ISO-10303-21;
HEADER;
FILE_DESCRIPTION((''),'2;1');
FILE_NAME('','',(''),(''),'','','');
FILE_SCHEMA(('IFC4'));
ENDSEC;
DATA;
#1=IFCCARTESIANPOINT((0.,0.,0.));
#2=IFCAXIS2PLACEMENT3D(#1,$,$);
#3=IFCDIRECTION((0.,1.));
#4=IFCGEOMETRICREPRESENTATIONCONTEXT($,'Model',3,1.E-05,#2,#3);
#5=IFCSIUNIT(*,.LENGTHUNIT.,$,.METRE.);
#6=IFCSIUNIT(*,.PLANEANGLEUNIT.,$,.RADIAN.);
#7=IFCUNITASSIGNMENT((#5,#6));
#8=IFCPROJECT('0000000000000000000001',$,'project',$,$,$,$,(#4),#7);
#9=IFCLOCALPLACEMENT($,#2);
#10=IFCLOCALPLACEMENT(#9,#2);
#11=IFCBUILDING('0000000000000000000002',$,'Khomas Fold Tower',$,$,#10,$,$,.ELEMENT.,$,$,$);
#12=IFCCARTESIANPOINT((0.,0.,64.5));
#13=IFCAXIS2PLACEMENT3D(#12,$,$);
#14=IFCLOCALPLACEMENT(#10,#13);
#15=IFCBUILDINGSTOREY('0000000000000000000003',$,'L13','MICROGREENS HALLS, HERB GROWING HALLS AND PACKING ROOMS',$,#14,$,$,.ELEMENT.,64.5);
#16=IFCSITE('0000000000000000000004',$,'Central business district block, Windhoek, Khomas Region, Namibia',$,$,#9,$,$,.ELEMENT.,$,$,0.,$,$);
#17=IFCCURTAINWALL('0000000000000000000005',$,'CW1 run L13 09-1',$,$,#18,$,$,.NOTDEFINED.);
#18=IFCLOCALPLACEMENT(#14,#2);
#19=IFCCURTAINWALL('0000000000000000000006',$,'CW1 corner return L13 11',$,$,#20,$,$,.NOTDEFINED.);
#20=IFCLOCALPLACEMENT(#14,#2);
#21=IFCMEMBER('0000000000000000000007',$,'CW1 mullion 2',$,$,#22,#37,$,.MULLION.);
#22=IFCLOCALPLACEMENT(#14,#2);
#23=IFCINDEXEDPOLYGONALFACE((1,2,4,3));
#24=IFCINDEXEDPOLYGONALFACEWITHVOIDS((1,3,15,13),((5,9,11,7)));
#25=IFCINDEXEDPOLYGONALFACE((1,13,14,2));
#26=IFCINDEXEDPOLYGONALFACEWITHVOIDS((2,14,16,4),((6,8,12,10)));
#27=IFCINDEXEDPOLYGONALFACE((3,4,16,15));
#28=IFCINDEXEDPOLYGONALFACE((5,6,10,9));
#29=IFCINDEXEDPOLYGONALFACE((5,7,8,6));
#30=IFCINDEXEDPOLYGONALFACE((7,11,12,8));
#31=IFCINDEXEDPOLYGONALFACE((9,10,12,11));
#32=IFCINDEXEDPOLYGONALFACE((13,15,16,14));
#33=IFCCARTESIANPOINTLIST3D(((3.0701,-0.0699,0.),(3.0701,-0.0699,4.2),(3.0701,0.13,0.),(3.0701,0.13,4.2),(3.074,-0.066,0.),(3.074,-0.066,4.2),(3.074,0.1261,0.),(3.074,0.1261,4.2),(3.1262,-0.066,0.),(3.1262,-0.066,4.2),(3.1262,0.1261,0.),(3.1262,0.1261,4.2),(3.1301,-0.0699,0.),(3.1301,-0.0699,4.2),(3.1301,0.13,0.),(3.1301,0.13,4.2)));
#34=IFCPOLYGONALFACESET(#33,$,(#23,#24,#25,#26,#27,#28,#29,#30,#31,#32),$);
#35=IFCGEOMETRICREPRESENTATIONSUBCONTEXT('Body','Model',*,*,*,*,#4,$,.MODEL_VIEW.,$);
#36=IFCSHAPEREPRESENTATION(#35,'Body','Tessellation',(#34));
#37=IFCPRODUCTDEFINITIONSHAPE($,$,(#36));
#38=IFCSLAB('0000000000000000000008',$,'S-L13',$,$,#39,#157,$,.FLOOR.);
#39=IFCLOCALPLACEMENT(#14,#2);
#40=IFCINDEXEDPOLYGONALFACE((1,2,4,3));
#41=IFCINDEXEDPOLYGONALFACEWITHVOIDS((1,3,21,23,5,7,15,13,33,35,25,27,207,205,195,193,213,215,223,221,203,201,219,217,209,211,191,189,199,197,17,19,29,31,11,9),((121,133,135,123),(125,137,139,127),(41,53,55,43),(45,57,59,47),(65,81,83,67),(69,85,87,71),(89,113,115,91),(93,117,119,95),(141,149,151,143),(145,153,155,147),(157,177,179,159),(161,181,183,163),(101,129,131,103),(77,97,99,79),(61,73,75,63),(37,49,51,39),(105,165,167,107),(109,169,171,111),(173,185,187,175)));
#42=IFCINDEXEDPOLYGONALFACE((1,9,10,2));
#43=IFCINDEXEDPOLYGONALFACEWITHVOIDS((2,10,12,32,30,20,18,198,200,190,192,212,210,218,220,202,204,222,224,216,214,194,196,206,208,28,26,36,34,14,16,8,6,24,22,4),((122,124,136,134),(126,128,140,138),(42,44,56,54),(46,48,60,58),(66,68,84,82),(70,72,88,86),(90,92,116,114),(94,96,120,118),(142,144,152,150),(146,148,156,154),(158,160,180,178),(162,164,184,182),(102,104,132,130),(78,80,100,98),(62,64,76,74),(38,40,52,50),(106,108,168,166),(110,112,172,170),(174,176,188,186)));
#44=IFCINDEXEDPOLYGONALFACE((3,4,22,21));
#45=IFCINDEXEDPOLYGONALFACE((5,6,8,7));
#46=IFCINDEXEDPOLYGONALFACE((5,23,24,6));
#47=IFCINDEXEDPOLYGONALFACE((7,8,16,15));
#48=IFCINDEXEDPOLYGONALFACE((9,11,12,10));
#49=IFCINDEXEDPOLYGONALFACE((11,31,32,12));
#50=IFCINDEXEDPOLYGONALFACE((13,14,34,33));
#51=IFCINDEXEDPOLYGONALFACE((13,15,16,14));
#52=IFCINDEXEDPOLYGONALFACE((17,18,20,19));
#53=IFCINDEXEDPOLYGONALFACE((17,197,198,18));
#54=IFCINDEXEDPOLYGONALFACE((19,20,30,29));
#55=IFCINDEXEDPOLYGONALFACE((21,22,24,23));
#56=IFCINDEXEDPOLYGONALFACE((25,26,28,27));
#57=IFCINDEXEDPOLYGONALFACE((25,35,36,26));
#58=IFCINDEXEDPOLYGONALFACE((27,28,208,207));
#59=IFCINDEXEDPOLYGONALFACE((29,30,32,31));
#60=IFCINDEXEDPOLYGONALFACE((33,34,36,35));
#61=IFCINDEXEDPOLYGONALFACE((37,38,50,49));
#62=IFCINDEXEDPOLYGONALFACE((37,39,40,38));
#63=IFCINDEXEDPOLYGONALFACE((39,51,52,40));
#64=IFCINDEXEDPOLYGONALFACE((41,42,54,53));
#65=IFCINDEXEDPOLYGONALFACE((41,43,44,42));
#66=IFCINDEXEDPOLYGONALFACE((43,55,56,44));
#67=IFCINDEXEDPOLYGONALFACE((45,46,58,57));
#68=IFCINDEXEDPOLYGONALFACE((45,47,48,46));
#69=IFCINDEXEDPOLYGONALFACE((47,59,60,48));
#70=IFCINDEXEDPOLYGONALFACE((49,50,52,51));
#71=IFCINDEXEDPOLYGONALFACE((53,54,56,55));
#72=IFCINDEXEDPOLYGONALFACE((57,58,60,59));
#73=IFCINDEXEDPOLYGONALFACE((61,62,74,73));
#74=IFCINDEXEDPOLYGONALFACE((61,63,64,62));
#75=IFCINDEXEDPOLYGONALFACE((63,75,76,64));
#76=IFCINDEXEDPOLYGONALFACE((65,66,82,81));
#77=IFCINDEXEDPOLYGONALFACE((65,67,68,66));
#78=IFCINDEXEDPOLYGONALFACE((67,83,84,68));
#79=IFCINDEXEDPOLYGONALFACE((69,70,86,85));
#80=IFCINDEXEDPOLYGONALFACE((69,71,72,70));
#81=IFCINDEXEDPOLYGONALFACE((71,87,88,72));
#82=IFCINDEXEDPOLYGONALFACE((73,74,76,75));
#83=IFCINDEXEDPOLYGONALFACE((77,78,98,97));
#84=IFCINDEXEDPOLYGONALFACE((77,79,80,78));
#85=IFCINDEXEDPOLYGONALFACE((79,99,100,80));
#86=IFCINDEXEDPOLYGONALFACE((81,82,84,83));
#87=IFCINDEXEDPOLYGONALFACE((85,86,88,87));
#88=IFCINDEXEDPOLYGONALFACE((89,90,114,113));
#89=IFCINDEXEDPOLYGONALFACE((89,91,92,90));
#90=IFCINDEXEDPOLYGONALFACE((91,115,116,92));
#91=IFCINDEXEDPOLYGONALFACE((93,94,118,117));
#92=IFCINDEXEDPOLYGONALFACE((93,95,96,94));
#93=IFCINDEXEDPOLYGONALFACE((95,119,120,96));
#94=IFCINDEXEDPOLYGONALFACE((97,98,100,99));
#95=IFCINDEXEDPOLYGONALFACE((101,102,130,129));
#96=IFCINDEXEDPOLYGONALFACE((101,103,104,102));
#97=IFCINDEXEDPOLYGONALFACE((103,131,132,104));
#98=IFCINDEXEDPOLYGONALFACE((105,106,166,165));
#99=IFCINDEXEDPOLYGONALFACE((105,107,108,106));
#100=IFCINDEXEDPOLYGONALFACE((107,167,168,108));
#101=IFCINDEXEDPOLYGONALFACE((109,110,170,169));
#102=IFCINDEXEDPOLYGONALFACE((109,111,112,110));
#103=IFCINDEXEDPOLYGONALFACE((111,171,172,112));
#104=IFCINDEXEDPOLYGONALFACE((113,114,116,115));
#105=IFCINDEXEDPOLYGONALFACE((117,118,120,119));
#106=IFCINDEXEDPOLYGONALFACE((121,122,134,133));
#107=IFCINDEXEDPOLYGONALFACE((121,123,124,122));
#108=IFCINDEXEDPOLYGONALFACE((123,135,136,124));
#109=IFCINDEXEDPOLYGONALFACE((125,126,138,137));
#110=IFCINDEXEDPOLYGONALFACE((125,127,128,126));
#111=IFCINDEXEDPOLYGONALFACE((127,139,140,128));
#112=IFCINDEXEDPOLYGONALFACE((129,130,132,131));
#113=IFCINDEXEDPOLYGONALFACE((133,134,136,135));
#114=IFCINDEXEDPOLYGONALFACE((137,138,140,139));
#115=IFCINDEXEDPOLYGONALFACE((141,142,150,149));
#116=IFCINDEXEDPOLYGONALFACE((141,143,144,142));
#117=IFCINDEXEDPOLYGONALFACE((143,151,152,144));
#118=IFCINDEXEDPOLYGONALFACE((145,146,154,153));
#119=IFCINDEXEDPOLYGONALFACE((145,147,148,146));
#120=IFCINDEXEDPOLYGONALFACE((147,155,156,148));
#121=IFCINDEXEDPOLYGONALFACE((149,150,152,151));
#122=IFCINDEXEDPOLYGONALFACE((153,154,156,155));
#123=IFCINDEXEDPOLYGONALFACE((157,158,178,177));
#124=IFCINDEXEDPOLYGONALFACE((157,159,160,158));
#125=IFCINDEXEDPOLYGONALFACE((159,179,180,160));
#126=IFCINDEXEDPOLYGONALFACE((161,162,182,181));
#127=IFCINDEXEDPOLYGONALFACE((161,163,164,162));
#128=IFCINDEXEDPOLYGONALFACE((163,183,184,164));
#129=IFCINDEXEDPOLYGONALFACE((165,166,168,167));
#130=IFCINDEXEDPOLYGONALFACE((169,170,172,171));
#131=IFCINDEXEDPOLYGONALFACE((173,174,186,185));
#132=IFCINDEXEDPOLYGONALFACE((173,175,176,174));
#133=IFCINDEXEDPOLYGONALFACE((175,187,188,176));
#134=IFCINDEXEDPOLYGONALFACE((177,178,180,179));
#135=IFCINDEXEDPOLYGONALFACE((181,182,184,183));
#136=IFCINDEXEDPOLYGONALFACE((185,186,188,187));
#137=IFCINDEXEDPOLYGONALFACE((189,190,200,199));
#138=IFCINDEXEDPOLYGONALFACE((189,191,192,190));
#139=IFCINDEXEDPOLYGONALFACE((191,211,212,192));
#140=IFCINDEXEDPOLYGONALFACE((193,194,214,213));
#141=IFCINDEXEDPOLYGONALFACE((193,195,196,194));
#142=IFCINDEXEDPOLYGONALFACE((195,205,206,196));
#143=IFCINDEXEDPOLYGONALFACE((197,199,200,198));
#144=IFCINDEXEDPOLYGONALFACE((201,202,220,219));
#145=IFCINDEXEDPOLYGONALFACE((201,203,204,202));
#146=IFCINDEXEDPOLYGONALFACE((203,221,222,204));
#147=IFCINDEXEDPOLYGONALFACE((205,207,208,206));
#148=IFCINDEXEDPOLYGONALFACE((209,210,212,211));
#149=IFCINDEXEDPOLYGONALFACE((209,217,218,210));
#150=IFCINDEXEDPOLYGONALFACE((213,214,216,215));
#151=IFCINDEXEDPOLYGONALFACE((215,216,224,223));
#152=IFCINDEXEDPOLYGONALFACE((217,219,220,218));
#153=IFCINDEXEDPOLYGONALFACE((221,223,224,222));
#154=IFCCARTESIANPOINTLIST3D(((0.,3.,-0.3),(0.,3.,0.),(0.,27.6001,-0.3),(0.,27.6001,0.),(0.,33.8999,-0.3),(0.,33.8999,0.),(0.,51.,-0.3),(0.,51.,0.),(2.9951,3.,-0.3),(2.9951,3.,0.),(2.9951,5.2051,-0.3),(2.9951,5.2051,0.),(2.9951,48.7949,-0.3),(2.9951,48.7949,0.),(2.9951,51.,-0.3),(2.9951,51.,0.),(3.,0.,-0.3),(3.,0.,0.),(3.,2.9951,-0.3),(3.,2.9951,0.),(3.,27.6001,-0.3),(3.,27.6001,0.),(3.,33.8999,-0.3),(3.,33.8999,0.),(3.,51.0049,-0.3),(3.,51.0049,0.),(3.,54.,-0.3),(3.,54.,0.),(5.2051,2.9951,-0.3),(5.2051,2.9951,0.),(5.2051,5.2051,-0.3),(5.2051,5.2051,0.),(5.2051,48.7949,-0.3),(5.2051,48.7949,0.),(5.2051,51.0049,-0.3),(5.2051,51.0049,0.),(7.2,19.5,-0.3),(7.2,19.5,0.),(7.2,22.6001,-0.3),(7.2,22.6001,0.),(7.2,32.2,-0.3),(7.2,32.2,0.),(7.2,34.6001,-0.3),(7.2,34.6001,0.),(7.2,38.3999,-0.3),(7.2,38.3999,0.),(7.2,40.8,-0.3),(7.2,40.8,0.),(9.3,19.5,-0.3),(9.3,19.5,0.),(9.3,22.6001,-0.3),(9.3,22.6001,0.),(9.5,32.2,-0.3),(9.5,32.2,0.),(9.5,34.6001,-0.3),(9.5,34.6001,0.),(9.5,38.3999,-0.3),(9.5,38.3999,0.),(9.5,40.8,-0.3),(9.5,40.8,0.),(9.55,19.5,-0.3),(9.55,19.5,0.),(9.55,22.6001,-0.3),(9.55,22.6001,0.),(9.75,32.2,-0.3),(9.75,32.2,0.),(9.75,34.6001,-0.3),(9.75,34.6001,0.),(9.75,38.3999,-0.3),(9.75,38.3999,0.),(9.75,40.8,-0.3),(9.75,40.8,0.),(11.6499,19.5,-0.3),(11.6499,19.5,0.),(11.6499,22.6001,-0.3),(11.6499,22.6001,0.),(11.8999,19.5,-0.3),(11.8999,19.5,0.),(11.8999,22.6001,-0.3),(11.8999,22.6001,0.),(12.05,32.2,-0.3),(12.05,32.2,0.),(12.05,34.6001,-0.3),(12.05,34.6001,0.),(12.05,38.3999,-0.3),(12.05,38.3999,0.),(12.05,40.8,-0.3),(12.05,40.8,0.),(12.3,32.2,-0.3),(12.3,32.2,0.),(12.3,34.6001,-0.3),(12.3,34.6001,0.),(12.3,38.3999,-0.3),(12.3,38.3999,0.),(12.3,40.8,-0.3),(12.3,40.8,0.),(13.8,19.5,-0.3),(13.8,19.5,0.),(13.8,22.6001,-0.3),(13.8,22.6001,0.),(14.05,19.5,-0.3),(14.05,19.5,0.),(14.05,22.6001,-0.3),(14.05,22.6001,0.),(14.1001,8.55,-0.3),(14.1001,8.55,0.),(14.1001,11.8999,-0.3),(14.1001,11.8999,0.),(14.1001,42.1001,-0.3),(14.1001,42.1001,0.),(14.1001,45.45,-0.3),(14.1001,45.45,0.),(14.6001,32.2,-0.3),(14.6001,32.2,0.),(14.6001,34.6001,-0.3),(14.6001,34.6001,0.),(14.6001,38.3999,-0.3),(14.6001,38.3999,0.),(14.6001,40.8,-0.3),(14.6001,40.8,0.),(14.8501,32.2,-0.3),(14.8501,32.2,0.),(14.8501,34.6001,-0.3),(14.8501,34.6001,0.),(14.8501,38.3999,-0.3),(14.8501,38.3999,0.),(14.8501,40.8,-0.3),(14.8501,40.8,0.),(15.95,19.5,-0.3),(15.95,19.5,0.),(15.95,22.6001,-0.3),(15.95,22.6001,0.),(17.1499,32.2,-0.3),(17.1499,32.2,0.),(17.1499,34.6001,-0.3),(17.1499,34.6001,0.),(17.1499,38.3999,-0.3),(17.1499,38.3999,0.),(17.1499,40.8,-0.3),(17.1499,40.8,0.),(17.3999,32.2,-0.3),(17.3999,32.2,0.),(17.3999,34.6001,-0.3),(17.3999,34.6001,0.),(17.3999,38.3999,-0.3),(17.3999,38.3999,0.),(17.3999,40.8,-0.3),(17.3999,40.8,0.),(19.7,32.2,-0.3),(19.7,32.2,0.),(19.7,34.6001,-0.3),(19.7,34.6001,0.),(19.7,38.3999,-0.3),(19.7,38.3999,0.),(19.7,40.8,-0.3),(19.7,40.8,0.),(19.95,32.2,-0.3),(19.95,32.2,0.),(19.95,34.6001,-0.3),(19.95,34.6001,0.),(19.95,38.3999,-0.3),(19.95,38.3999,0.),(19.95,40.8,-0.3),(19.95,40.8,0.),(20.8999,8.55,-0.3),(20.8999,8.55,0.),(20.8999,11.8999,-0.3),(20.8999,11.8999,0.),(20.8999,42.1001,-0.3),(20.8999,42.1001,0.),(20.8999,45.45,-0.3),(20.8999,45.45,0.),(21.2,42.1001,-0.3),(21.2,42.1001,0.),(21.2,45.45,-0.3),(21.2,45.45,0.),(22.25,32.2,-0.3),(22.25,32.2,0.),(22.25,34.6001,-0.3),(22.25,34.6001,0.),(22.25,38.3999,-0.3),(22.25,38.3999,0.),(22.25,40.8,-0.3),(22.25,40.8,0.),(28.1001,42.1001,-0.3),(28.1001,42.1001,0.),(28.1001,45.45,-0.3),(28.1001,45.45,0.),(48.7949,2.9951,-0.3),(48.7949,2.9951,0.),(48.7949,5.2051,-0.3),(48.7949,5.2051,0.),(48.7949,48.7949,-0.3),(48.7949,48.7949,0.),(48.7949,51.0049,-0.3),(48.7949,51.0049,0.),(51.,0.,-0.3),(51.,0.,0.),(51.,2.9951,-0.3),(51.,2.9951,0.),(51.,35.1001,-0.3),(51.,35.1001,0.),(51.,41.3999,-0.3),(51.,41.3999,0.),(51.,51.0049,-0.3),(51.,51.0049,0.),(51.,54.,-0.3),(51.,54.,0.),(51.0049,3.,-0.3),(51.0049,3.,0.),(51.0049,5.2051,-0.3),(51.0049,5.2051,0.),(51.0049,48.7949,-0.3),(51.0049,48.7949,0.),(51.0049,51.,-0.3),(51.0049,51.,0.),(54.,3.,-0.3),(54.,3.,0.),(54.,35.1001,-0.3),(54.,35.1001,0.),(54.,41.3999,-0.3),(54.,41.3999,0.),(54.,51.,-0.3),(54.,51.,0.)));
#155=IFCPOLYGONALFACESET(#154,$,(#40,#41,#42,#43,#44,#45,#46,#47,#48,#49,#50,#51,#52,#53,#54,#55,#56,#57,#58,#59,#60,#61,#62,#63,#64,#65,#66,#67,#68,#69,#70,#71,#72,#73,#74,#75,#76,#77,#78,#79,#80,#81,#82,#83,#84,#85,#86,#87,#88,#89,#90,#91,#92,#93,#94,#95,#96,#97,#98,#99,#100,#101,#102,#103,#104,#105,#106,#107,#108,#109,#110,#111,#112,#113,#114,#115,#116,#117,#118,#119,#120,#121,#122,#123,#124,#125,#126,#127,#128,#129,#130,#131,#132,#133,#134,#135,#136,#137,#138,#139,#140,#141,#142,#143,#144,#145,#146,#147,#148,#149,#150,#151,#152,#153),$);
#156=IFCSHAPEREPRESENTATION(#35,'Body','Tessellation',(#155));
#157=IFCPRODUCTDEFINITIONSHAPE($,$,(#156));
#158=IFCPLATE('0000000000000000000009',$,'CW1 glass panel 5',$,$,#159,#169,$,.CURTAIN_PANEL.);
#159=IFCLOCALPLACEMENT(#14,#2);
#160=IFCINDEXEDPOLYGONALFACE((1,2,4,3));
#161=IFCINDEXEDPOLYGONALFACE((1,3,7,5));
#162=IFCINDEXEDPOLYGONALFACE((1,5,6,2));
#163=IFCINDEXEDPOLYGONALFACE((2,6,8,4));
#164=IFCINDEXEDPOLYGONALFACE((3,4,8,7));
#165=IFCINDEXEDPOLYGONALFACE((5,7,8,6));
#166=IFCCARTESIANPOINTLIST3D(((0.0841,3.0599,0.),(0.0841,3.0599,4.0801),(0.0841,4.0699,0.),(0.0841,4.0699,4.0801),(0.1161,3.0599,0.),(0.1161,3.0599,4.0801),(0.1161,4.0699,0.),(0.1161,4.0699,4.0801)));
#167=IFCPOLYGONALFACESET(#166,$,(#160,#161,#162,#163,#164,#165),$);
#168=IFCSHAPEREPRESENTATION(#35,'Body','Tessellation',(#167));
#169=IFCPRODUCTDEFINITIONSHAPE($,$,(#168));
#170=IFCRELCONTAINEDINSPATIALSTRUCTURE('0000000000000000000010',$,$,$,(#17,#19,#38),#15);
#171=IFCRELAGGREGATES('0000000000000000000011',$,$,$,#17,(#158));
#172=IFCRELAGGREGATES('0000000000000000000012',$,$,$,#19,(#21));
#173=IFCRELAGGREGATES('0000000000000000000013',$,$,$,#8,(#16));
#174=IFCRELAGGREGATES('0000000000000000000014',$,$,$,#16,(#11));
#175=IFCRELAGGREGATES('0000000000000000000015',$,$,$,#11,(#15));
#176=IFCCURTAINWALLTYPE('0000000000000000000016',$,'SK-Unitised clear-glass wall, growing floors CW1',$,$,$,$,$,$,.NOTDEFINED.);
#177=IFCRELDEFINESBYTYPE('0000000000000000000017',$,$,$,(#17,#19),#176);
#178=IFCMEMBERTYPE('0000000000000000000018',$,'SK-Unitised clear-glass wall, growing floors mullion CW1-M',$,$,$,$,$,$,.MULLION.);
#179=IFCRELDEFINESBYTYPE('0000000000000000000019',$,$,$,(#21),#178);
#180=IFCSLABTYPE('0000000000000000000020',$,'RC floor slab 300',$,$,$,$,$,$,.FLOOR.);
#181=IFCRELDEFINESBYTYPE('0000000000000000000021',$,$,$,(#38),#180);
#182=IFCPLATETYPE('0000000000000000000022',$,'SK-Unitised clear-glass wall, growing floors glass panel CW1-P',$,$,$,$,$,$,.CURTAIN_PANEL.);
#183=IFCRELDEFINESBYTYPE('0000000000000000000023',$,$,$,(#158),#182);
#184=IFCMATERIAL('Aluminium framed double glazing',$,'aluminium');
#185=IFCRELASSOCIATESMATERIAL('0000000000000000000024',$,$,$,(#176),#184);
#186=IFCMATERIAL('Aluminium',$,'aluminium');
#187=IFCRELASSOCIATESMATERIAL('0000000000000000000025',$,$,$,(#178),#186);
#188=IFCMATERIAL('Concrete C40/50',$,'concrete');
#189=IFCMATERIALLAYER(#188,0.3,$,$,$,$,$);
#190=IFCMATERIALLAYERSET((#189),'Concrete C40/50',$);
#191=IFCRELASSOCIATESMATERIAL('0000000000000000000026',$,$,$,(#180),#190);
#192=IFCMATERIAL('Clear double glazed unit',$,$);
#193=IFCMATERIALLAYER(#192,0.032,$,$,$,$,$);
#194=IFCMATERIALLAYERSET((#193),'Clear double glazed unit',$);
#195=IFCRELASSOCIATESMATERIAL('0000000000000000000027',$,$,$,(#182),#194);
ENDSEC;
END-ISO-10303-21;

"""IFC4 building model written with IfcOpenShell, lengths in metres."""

from ifc_helpers import new_model, si_unit, direction, frame, origin, origin_2d, place, context, subcontext, project, spatial, polyline, rectangle, hollow_rectangle, outline, extrude, source, transform, mapped, material, layer, layer_set, material_profile, profile_set, type_object, element, aggregate, save


model = new_model("IFC4")

# Units and contexts
model_context = context("Model", 3, precision=1e-05, world=origin(), true_north=direction((0.0, 1.0)))
body_context = subcontext(model_context, "Body", "Model", "MODEL_VIEW")
ifc_project = project(units=[si_unit("LENGTHUNIT", "METRE"), si_unit("PLANEANGLEUNIT", "RADIAN")], contexts=[model_context])

# Site, building, storey
site_placement = place(None, origin())
site = spatial("IfcSite", under=ifc_project, at=site_placement, Name="Central business district block, Windhoek, Khomas Region, Namibia", CompositionType="ELEMENT", RefElevation=0.0)
building_placement = place(site_placement, origin())
building = spatial("IfcBuilding", under=site, at=building_placement, Name="Khomas Fold Tower", CompositionType="ELEMENT")
storey_placement = place(building_placement, frame((0.0, 0.0, 64.5)))
storey = spatial("IfcBuildingStorey", under=building, at=storey_placement, Name="L13", Description="MICROGREENS HALLS, HERB GROWING HALLS AND PACKING ROOMS", CompositionType="ELEMENT", Elevation=64.5)

# Curtain walls
ifc_material_1 = material(Name="Aluminium framed double glazing", Category="aluminium")
curtain_wall_type = type_object("IfcCurtainWallType", Name="SK-Unitised clear-glass wall, growing floors CW1", PredefinedType="NOTDEFINED", material=ifc_material_1)
curtain_wall_1_placement = place(storey_placement, origin())
curtain_wall_1 = element("IfcCurtainWall", 1, at=curtain_wall_1_placement, inside=storey, type_object=curtain_wall_type, Name="CW1 run L13 09-1", PredefinedType="NOTDEFINED")
curtain_wall_2_placement = place(storey_placement, origin())
curtain_wall_2 = element("IfcCurtainWall", 2, at=curtain_wall_2_placement, inside=storey, type_object=curtain_wall_type, Name="CW1 corner return L13 11", PredefinedType="NOTDEFINED")

# Member
ifc_material_2 = material(Name="Aluminium", Category="aluminium")
ifc_material_profile_1 = material_profile(ifc_material_2, hollow_rectangle(XDim=0.0601, YDim=0.2, WallThickness=0.0039, at=origin_2d()), Name="SK-Unitised clear-glass wall, growing floors mullion CW1-M")
ifc_profile_set_1 = profile_set([ifc_material_profile_1], Name="Aluminium")
member_type_1 = type_object("IfcMemberType", Name="SK-Unitised clear-glass wall, growing floors mullion CW1-M", PredefinedType="MULLION", material=ifc_profile_set_1)
shared_shape_1 = source(origin(), body_context, "Body", "SweptSolid", [
    extrude(hollow_rectangle(XDim=0.0601, YDim=0.2, WallThickness=0.0039, at=origin_2d()), origin(), (0.0, 0.0, 1.0), 4.2),
])
member_1_placement = place(storey_placement, frame((3.1001, 0.03, 0.0), z_axis=(0.0, 0.0, 1.0), x_axis=(1.0, 0.0, 0.0)))
member_1 = element("IfcMember", 3, at=member_1_placement, type_object=member_type_1, Name="CW1 mullion 2", PredefinedType="MULLION", context=body_context, shape_type="MappedRepresentation", body=[
    mapped(shared_shape_1, transform((0.0, 0.0, 0.0))),
])

# Slab
ifc_material_3 = material(Name="Concrete C40/50", Category="concrete")
ifc_layer_1 = layer(ifc_material_3, 0.3)
ifc_layer_set_1 = layer_set([ifc_layer_1], Name="Concrete C40/50")
slab_type_1 = type_object("IfcSlabType", Name="RC floor slab 300", PredefinedType="FLOOR", material=ifc_layer_set_1)
shared_shape_2 = source(origin(), body_context, "Body", "SweptSolid", [
    extrude(outline(polyline([(0.0, 3.0), (2.9951, 3.0), (2.9951, 5.2051), (5.2051, 5.2051), (5.2051, 2.9951), (3.0, 2.9951), (3.0, 0.0), (51.0, 0.0), (51.0, 2.9951), (48.7949, 2.9951), (48.7949, 5.2051), (51.0049, 5.2051), (51.0049, 3.0), (54.0, 3.0), (54.0, 35.1001), (51.0, 35.1001), (51.0, 41.3999), (54.0, 41.3999), (54.0, 51.0), (51.0049, 51.0), (51.0049, 48.7949), (48.7949, 48.7949), (48.7949, 51.0049), (51.0, 51.0049), (51.0, 54.0), (3.0, 54.0), (3.0, 51.0049), (5.2051, 51.0049), (5.2051, 48.7949), (2.9951, 48.7949), (2.9951, 51.0), (0.0, 51.0), (0.0, 33.8999), (3.0, 33.8999), (3.0, 27.6001), (0.0, 27.6001), (0.0, 3.0)]), holes=[polyline([(7.2, 19.5), (7.2, 22.6001), (9.3, 22.6001), (9.3, 19.5), (7.2, 19.5)]), polyline([(7.2, 32.2), (7.2, 34.6001), (9.5, 34.6001), (9.5, 32.2), (7.2, 32.2)]), polyline([(7.2, 38.3999), (7.2, 40.8), (9.5, 40.8), (9.5, 38.3999), (7.2, 38.3999)]), polyline([(9.55, 19.5), (9.55, 22.6001), (11.6499, 22.6001), (11.6499, 19.5), (9.55, 19.5)]), polyline([(9.75, 32.2), (9.75, 34.6001), (12.05, 34.6001), (12.05, 32.2), (9.75, 32.2)]), polyline([(9.75, 38.3999), (9.75, 40.8), (12.05, 40.8), (12.05, 38.3999), (9.75, 38.3999)]), polyline([(11.8999, 19.5), (11.8999, 22.6001), (13.8, 22.6001), (13.8, 19.5), (11.8999, 19.5)]), polyline([(12.3, 32.2), (12.3, 34.6001), (14.6001, 34.6001), (14.6001, 32.2), (12.3, 32.2)]), polyline([(12.3, 38.3999), (12.3, 40.8), (14.6001, 40.8), (14.6001, 38.3999), (12.3, 38.3999)]), polyline([(14.05, 19.5), (14.05, 22.6001), (15.95, 22.6001), (15.95, 19.5), (14.05, 19.5)]), polyline([(14.1001, 8.55), (14.1001, 11.8999), (20.8999, 11.8999), (20.8999, 8.55), (14.1001, 8.55)]), polyline([(14.1001, 42.1001), (14.1001, 45.45), (20.8999, 45.45), (20.8999, 42.1001), (14.1001, 42.1001)]), polyline([(14.8501, 32.2), (14.8501, 34.6001), (17.1499, 34.6001), (17.1499, 32.2), (14.8501, 32.2)]), polyline([(14.8501, 38.3999), (14.8501, 40.8), (17.1499, 40.8), (17.1499, 38.3999), (14.8501, 38.3999)]), polyline([(17.3999, 32.2), (17.3999, 34.6001), (19.7, 34.6001), (19.7, 32.2), (17.3999, 32.2)]), polyline([(17.3999, 38.3999), (17.3999, 40.8), (19.7, 40.8), (19.7, 38.3999), (17.3999, 38.3999)]), polyline([(19.95, 32.2), (19.95, 34.6001), (22.25, 34.6001), (22.25, 32.2), (19.95, 32.2)]), polyline([(19.95, 38.3999), (19.95, 40.8), (22.25, 40.8), (22.25, 38.3999), (19.95, 38.3999)]), polyline([(21.2, 42.1001), (21.2, 45.45), (28.1001, 45.45), (28.1001, 42.1001), (21.2, 42.1001)])]), origin(), (0.0, 0.0, 1.0), 0.3),
])
slab_1_placement = place(storey_placement, frame((0.0, 0.0, -0.3)))
element("IfcSlab", 4, at=slab_1_placement, inside=storey, type_object=slab_type_1, Name="S-L13", PredefinedType="FLOOR", context=body_context, shape_type="MappedRepresentation", body=[
    mapped(shared_shape_2, transform((0.0, 0.0, 0.0))),
])

# Plate
ifc_material_4 = material(Name="Clear double glazed unit")
ifc_layer_2 = layer(ifc_material_4, 0.032)
ifc_layer_set_2 = layer_set([ifc_layer_2], Name="Clear double glazed unit")
plate_type = type_object("IfcPlateType", Name="SK-Unitised clear-glass wall, growing floors glass panel CW1-P", PredefinedType="CURTAIN_PANEL", material=ifc_layer_set_2)
shared_shape_3 = source(origin(), body_context, "Body", "SweptSolid", [
    extrude(rectangle(XDim=1.01, YDim=0.032, at=origin_2d()), origin(), (0.0, 0.0, 1.0), 4.0801),
])
plate_1_placement = place(storey_placement, frame((0.1001, 3.5649, 0.0), z_axis=(0.0, 0.0, 1.0), x_axis=(0.0, -1.0, 0.0)))
plate_1 = element("IfcPlate", 5, at=plate_1_placement, type_object=plate_type, Name="CW1 glass panel 5", PredefinedType="CURTAIN_PANEL", context=body_context, shape_type="MappedRepresentation", body=[
    mapped(shared_shape_3, transform((0.0, 0.0, 0.0))),
])
aggregate(curtain_wall_1, [plate_1])
aggregate(curtain_wall_2, [member_1])

save(model, "model.ifc")
